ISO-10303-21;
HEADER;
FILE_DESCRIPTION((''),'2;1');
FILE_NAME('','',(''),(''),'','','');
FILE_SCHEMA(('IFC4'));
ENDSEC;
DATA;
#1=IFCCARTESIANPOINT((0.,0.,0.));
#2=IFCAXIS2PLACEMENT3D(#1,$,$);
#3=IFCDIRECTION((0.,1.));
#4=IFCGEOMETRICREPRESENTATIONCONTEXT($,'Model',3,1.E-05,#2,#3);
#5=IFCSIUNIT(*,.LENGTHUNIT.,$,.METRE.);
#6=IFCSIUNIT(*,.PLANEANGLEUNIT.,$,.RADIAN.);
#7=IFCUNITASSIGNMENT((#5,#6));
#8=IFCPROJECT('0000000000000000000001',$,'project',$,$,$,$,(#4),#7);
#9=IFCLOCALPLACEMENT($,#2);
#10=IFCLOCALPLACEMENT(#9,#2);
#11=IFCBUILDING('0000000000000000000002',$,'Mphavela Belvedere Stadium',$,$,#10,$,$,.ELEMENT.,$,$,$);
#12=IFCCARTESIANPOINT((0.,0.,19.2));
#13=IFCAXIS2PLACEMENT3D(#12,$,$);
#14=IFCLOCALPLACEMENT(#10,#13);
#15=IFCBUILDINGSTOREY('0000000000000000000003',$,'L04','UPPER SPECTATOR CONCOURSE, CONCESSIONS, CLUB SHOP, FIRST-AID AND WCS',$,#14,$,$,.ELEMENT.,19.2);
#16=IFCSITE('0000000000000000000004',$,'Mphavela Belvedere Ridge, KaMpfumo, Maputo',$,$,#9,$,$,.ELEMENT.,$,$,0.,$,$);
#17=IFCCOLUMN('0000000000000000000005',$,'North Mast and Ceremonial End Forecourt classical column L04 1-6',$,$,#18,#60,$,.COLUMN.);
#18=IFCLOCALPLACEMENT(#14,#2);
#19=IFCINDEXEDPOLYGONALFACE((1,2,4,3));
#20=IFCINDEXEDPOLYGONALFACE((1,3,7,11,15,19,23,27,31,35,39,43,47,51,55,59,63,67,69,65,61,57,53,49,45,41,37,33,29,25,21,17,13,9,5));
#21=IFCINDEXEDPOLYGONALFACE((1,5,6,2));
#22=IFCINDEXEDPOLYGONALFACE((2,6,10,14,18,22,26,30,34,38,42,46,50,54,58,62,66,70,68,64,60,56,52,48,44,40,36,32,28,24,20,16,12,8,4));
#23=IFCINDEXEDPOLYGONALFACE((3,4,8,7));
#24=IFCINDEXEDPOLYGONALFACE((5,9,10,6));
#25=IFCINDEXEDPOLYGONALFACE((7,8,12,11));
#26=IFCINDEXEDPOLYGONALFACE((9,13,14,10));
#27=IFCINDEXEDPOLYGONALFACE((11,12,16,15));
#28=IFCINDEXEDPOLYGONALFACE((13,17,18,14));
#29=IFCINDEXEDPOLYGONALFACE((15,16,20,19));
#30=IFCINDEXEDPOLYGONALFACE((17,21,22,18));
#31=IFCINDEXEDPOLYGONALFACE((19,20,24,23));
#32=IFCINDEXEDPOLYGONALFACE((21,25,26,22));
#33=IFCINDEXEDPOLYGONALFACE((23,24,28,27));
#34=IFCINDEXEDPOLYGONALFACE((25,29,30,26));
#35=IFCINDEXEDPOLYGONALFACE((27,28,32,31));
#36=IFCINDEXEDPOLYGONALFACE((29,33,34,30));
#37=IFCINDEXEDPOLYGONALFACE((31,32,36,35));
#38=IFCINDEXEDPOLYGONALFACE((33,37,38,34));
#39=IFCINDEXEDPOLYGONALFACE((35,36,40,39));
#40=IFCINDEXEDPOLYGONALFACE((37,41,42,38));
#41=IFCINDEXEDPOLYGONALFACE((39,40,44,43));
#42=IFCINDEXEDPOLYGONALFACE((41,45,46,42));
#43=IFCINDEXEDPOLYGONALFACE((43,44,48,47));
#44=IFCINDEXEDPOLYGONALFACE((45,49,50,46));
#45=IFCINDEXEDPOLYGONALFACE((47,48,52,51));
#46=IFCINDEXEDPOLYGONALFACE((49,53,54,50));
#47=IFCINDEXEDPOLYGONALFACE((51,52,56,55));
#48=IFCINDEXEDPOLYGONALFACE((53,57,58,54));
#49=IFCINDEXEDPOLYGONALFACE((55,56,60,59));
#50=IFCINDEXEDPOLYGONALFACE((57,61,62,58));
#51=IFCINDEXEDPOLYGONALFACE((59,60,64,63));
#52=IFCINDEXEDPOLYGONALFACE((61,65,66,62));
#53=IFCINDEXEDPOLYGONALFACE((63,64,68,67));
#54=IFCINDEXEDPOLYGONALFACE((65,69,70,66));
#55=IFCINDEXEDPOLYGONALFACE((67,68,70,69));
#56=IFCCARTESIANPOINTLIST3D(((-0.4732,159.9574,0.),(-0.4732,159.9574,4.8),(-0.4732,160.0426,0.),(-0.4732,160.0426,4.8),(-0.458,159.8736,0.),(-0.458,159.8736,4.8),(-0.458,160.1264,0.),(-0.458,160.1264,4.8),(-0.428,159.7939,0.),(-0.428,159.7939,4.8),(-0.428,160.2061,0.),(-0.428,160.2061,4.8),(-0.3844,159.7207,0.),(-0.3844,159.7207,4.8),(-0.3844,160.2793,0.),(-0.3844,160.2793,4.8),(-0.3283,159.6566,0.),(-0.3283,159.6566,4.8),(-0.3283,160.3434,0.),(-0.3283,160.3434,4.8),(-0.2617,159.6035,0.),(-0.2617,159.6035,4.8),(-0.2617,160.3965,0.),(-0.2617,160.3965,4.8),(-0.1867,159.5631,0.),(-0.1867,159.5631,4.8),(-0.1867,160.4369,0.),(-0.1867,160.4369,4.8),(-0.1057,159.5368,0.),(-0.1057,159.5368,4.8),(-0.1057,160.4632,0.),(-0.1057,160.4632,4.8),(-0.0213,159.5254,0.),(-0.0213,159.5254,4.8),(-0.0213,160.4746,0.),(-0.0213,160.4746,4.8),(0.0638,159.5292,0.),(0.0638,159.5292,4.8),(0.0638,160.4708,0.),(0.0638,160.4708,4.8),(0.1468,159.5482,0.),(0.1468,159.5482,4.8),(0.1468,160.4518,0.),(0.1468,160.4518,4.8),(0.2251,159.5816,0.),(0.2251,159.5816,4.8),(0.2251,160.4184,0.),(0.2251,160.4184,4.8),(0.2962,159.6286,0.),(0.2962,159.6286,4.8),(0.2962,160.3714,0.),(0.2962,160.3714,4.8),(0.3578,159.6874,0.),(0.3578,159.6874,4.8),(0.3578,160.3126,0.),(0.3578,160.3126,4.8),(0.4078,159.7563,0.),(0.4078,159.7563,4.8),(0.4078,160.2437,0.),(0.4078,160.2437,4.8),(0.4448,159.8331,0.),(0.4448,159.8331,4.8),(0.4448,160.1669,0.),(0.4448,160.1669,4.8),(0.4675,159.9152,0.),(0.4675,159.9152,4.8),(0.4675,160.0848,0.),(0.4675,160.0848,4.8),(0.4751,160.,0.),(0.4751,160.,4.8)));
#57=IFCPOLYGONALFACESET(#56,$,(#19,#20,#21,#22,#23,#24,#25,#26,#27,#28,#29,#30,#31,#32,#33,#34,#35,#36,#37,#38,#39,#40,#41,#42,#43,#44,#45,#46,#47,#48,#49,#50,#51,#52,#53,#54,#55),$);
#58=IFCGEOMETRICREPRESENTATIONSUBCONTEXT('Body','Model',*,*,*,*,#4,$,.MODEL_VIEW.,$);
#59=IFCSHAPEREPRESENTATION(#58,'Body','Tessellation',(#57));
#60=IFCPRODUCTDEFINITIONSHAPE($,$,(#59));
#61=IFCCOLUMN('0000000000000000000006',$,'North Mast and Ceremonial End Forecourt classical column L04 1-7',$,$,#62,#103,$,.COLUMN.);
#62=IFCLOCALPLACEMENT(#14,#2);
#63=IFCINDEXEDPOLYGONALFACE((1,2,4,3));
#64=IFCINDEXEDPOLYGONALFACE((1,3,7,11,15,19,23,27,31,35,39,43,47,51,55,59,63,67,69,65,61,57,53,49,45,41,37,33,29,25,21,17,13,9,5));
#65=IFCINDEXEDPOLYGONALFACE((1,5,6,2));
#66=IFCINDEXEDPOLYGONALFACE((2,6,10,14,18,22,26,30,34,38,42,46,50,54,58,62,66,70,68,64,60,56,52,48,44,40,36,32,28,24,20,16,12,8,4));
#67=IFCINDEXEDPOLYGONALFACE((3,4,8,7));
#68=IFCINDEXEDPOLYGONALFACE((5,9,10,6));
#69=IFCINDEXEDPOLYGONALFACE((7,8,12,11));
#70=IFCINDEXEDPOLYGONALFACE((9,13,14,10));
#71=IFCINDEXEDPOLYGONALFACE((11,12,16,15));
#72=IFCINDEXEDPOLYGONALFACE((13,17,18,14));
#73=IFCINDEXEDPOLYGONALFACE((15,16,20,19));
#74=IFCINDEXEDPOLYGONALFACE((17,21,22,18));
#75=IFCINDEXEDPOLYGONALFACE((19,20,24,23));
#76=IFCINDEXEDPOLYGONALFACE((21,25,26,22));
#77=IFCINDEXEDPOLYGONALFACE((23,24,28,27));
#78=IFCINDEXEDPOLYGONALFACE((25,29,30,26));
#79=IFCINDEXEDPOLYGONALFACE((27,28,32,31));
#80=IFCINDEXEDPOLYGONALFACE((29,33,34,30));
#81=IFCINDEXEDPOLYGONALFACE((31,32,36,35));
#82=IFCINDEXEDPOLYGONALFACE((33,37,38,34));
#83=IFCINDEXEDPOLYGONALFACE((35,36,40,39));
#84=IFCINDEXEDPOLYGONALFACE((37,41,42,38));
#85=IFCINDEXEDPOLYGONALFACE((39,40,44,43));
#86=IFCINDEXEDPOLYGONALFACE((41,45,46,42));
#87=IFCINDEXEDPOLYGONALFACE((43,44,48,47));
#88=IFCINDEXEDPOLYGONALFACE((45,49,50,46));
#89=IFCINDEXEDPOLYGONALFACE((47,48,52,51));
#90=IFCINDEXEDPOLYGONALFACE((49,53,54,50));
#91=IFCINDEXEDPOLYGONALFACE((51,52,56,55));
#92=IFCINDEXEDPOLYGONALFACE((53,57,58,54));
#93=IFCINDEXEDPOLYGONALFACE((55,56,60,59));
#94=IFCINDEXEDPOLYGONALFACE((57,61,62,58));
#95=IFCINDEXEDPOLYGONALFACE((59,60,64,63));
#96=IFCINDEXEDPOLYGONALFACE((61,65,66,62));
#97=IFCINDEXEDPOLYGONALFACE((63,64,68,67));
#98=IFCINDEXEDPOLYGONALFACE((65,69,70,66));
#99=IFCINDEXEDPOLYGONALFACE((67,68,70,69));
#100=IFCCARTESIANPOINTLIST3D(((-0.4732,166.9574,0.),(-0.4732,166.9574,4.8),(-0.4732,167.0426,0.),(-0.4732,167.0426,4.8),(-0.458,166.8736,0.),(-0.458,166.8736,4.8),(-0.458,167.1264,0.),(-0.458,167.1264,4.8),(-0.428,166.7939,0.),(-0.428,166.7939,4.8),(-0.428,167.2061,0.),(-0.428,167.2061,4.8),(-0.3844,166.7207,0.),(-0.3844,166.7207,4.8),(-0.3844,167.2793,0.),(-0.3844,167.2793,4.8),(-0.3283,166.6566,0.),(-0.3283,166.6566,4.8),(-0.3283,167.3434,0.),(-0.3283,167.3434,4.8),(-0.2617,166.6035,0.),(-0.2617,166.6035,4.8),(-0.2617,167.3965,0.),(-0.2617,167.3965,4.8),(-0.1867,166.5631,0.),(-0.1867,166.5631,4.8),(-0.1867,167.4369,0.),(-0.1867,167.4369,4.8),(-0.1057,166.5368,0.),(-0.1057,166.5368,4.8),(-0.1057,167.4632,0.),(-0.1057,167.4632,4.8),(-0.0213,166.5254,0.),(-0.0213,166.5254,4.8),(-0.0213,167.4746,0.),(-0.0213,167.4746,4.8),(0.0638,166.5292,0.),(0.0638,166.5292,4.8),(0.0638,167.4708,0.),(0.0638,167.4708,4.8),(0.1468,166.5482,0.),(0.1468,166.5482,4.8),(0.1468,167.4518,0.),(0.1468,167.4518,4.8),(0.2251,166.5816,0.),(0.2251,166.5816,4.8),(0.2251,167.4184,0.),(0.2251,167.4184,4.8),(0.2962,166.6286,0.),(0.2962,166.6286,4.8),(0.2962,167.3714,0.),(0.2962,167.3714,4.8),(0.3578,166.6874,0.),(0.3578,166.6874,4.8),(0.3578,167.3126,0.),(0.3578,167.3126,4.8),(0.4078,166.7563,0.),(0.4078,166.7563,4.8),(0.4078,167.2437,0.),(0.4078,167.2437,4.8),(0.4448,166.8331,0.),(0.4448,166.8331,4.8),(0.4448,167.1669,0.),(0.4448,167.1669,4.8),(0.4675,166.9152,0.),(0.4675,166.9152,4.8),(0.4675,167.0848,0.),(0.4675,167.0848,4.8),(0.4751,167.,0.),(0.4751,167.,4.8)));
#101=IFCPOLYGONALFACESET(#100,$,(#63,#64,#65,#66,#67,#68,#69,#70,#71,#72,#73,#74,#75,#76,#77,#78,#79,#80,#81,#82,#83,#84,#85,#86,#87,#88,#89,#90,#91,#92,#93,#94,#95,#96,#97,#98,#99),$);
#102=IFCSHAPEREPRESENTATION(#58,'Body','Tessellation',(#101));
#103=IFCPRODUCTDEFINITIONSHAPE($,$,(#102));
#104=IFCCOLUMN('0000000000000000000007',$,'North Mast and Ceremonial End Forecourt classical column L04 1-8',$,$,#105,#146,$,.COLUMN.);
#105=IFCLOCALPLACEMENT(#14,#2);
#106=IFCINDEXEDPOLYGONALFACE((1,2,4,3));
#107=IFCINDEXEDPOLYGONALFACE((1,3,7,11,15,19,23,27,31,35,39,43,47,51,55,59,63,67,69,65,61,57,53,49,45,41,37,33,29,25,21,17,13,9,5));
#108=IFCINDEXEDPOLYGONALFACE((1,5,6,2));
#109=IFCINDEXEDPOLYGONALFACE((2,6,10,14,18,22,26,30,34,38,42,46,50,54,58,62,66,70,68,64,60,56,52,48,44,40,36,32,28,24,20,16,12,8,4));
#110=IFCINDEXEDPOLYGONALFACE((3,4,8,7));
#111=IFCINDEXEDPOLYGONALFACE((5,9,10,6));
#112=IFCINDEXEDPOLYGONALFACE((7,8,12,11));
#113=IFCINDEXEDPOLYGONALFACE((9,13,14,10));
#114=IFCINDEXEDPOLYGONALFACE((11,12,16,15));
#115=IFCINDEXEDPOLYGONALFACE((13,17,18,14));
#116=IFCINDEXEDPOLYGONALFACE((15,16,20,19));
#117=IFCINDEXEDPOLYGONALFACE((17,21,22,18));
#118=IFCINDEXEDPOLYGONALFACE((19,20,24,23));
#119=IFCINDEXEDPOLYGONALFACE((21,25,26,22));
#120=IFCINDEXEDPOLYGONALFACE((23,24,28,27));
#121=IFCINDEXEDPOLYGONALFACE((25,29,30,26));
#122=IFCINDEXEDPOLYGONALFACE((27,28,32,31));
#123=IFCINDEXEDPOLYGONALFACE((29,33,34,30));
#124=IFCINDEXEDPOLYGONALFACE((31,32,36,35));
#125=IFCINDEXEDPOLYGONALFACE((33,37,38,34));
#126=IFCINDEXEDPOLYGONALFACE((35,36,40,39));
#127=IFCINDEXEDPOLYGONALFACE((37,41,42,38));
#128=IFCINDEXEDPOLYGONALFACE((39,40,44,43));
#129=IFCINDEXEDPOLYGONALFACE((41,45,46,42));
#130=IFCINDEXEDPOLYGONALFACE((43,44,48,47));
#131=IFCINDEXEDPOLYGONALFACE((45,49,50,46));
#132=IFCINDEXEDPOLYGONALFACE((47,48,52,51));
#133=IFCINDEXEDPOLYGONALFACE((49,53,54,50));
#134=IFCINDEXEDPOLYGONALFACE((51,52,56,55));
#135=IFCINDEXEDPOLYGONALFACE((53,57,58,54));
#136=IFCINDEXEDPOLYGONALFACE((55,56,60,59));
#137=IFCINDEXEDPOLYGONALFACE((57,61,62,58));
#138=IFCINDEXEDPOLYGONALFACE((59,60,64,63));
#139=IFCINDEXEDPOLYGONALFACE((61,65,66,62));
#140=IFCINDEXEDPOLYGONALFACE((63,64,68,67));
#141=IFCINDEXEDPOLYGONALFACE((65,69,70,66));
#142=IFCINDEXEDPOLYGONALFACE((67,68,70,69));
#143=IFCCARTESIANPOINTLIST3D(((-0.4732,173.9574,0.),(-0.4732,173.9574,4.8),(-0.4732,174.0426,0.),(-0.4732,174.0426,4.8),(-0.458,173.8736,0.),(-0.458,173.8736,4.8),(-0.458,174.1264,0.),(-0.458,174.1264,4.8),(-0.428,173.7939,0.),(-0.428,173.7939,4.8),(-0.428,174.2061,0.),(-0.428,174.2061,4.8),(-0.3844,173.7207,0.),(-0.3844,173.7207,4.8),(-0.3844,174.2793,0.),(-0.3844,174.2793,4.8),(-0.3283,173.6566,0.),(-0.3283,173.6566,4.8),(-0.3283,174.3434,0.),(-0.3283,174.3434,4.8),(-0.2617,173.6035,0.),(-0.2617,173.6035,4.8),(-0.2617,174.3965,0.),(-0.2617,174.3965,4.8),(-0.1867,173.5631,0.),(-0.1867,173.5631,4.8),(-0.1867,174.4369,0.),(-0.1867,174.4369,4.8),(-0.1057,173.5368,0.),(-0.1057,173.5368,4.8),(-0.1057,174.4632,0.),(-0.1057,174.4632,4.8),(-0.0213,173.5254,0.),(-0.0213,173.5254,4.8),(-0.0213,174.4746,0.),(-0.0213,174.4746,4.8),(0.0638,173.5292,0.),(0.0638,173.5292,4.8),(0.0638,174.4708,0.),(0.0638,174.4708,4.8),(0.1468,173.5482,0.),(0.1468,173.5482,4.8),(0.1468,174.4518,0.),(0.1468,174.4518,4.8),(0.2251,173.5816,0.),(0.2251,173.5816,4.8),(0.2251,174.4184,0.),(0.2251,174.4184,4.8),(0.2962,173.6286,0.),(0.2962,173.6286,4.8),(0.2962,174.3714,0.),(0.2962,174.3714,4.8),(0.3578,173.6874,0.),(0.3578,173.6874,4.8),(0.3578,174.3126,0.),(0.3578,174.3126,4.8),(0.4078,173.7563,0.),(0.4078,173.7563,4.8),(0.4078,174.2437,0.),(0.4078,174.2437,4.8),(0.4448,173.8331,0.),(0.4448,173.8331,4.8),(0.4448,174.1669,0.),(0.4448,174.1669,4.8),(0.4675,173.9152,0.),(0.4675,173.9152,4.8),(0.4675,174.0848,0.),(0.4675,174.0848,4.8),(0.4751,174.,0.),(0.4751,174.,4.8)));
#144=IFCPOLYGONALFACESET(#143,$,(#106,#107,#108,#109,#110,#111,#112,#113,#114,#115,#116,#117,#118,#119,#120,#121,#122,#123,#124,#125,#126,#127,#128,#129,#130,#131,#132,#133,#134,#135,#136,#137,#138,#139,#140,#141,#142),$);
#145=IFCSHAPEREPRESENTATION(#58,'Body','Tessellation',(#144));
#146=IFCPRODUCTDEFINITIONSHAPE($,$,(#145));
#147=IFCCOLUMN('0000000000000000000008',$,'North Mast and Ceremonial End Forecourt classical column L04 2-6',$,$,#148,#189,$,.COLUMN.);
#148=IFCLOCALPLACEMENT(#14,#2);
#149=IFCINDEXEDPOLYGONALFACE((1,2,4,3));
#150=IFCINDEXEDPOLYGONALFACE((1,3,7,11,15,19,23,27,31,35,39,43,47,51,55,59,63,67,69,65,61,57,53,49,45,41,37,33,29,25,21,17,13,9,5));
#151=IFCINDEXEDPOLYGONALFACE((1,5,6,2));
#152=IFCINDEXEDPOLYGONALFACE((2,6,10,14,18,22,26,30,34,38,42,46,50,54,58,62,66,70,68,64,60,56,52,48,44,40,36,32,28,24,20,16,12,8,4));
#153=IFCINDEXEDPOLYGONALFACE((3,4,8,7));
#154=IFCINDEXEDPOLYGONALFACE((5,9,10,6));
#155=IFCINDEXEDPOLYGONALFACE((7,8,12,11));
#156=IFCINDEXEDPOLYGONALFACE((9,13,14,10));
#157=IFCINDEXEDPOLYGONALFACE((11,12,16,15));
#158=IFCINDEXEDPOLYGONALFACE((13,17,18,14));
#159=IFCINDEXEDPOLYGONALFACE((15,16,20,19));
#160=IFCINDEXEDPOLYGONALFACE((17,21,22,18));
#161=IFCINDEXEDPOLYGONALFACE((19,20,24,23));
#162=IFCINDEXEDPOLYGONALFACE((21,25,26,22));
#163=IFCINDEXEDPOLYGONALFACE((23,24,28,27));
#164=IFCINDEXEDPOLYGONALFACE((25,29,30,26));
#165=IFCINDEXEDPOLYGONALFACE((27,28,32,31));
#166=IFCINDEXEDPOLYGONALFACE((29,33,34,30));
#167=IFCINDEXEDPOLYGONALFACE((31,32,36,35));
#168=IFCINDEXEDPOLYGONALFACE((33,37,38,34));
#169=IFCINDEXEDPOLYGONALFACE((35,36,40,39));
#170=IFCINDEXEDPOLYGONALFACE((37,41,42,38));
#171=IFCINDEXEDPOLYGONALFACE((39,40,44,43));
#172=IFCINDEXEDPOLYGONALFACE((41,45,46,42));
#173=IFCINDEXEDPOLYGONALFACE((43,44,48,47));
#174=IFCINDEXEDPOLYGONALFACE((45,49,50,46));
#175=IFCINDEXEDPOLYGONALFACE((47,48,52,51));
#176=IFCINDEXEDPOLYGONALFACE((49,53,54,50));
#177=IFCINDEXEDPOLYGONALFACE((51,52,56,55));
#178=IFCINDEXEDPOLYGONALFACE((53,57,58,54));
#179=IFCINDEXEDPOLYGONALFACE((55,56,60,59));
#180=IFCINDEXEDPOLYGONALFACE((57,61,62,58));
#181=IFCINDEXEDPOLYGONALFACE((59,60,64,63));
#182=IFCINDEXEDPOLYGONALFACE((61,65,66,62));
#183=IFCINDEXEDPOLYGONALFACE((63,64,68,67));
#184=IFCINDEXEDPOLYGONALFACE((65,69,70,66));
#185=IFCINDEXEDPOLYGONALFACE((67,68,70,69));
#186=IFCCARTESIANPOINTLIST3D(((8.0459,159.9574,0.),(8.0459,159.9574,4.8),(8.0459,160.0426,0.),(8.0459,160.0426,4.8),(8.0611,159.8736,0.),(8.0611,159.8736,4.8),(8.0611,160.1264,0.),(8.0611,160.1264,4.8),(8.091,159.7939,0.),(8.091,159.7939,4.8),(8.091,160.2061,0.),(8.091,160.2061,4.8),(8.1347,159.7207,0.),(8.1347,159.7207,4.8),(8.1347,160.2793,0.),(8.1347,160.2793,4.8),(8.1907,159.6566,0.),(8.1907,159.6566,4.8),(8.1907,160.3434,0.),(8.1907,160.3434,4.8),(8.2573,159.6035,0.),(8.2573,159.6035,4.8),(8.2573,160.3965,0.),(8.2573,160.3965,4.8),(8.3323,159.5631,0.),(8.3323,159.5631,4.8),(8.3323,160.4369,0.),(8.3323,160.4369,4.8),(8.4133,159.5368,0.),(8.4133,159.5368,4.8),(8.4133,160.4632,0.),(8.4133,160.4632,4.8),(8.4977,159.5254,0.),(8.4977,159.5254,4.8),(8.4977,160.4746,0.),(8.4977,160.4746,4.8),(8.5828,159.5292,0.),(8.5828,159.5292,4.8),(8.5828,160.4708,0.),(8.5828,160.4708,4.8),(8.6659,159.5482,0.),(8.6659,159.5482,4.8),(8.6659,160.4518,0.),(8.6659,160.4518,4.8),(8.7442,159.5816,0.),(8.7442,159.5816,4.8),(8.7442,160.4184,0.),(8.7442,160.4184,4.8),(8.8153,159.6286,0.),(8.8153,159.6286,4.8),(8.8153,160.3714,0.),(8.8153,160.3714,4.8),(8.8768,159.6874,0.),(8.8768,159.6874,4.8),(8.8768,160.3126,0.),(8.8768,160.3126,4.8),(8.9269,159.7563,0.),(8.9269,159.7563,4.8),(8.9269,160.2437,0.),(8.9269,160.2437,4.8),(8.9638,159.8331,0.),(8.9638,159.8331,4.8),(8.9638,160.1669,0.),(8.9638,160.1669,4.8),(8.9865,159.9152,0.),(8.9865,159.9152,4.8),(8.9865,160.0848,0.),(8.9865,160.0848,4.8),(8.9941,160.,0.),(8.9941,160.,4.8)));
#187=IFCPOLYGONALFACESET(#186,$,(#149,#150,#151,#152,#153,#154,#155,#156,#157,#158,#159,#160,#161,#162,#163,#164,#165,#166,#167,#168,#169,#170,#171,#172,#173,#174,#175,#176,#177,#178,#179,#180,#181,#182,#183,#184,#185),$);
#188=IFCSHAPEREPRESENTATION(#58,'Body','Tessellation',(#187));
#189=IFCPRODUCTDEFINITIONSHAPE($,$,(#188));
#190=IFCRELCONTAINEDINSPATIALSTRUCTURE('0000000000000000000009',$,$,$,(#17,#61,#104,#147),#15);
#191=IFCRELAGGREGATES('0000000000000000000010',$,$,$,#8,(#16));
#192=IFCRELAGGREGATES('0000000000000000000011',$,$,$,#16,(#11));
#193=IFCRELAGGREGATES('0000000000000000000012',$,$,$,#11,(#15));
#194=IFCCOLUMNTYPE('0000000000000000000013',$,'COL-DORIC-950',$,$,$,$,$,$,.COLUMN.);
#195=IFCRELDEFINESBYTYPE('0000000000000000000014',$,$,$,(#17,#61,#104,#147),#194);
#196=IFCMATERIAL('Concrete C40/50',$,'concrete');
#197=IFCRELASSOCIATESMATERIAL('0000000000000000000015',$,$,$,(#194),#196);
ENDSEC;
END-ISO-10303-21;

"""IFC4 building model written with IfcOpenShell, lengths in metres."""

from ifc_helpers import new_model, si_unit, direction, frame, origin, origin_2d, place, context, subcontext, project, spatial, circle, extrude, material, material_profile, profile_set, type_object, element, save


model = new_model("IFC4")

# Units and contexts
model_context = context("Model", 3, precision=1e-05, world=origin(), true_north=direction((0.0, 1.0)))
body_context = subcontext(model_context, "Body", "Model", "MODEL_VIEW")
ifc_project = project(units=[si_unit("LENGTHUNIT", "METRE"), si_unit("PLANEANGLEUNIT", "RADIAN")], contexts=[model_context])

# Site, building, storey
site_placement = place(None, origin())
site = spatial("IfcSite", under=ifc_project, at=site_placement, Name="Mphavela Belvedere Ridge, KaMpfumo, Maputo", CompositionType="ELEMENT", RefElevation=0.0)
building_placement = place(site_placement, origin())
building = spatial("IfcBuilding", under=site, at=building_placement, Name="Mphavela Belvedere Stadium", CompositionType="ELEMENT")
storey_placement = place(building_placement, frame((0.0, 0.0, 19.2)))
storey = spatial("IfcBuildingStorey", under=building, at=storey_placement, Name="L04", Description="UPPER SPECTATOR CONCOURSE, CONCESSIONS, CLUB SHOP, FIRST-AID AND WCS", CompositionType="ELEMENT", Elevation=19.2)

# Columns
ifc_material_1 = material(Name="Concrete C40/50", Category="concrete")
ifc_material_profile_1 = material_profile(ifc_material_1, circle(Radius=0.4751, at=origin_2d()), Name="COL D950")
ifc_profile_set_1 = profile_set([ifc_material_profile_1], Name="Concrete C40/50")
column_type = type_object("IfcColumnType", Name="COL-DORIC-950", PredefinedType="COLUMN", material=ifc_profile_set_1)
for number, where, z_axis, x_axis, name in (
    (1, (0.0, 160.0, 0.0), (0.0, 0.0, 1.0), (1.0, 0.0, 0.0), "North Mast and Ceremonial End Forecourt classical column L04 1-6"),
    (2, (0.0, 167.0, 0.0), (0.0, 0.0, 1.0), (1.0, 0.0, 0.0), "North Mast and Ceremonial End Forecourt classical column L04 1-7"),
    (3, (0.0, 174.0, 0.0), (0.0, 0.0, 1.0), (1.0, 0.0, 0.0), "North Mast and Ceremonial End Forecourt classical column L04 1-8"),
    (4, (8.519, 160.0, 0.0), (0.0, 0.0, 1.0), (1.0, 0.0, 0.0), "North Mast and Ceremonial End Forecourt classical column L04 2-6"),
):
    element("IfcColumn", number, at=place(storey_placement, frame(where, z_axis=z_axis, x_axis=x_axis)), inside=storey, type_object=column_type, Name=name, PredefinedType="COLUMN", context=body_context, shape_type="SweptSolid", body=[
        extrude(circle(Radius=0.4751, at=origin_2d()), origin(), (0.0, 0.0, 1.0), 4.8),
    ])

save(model, "model.ifc")
